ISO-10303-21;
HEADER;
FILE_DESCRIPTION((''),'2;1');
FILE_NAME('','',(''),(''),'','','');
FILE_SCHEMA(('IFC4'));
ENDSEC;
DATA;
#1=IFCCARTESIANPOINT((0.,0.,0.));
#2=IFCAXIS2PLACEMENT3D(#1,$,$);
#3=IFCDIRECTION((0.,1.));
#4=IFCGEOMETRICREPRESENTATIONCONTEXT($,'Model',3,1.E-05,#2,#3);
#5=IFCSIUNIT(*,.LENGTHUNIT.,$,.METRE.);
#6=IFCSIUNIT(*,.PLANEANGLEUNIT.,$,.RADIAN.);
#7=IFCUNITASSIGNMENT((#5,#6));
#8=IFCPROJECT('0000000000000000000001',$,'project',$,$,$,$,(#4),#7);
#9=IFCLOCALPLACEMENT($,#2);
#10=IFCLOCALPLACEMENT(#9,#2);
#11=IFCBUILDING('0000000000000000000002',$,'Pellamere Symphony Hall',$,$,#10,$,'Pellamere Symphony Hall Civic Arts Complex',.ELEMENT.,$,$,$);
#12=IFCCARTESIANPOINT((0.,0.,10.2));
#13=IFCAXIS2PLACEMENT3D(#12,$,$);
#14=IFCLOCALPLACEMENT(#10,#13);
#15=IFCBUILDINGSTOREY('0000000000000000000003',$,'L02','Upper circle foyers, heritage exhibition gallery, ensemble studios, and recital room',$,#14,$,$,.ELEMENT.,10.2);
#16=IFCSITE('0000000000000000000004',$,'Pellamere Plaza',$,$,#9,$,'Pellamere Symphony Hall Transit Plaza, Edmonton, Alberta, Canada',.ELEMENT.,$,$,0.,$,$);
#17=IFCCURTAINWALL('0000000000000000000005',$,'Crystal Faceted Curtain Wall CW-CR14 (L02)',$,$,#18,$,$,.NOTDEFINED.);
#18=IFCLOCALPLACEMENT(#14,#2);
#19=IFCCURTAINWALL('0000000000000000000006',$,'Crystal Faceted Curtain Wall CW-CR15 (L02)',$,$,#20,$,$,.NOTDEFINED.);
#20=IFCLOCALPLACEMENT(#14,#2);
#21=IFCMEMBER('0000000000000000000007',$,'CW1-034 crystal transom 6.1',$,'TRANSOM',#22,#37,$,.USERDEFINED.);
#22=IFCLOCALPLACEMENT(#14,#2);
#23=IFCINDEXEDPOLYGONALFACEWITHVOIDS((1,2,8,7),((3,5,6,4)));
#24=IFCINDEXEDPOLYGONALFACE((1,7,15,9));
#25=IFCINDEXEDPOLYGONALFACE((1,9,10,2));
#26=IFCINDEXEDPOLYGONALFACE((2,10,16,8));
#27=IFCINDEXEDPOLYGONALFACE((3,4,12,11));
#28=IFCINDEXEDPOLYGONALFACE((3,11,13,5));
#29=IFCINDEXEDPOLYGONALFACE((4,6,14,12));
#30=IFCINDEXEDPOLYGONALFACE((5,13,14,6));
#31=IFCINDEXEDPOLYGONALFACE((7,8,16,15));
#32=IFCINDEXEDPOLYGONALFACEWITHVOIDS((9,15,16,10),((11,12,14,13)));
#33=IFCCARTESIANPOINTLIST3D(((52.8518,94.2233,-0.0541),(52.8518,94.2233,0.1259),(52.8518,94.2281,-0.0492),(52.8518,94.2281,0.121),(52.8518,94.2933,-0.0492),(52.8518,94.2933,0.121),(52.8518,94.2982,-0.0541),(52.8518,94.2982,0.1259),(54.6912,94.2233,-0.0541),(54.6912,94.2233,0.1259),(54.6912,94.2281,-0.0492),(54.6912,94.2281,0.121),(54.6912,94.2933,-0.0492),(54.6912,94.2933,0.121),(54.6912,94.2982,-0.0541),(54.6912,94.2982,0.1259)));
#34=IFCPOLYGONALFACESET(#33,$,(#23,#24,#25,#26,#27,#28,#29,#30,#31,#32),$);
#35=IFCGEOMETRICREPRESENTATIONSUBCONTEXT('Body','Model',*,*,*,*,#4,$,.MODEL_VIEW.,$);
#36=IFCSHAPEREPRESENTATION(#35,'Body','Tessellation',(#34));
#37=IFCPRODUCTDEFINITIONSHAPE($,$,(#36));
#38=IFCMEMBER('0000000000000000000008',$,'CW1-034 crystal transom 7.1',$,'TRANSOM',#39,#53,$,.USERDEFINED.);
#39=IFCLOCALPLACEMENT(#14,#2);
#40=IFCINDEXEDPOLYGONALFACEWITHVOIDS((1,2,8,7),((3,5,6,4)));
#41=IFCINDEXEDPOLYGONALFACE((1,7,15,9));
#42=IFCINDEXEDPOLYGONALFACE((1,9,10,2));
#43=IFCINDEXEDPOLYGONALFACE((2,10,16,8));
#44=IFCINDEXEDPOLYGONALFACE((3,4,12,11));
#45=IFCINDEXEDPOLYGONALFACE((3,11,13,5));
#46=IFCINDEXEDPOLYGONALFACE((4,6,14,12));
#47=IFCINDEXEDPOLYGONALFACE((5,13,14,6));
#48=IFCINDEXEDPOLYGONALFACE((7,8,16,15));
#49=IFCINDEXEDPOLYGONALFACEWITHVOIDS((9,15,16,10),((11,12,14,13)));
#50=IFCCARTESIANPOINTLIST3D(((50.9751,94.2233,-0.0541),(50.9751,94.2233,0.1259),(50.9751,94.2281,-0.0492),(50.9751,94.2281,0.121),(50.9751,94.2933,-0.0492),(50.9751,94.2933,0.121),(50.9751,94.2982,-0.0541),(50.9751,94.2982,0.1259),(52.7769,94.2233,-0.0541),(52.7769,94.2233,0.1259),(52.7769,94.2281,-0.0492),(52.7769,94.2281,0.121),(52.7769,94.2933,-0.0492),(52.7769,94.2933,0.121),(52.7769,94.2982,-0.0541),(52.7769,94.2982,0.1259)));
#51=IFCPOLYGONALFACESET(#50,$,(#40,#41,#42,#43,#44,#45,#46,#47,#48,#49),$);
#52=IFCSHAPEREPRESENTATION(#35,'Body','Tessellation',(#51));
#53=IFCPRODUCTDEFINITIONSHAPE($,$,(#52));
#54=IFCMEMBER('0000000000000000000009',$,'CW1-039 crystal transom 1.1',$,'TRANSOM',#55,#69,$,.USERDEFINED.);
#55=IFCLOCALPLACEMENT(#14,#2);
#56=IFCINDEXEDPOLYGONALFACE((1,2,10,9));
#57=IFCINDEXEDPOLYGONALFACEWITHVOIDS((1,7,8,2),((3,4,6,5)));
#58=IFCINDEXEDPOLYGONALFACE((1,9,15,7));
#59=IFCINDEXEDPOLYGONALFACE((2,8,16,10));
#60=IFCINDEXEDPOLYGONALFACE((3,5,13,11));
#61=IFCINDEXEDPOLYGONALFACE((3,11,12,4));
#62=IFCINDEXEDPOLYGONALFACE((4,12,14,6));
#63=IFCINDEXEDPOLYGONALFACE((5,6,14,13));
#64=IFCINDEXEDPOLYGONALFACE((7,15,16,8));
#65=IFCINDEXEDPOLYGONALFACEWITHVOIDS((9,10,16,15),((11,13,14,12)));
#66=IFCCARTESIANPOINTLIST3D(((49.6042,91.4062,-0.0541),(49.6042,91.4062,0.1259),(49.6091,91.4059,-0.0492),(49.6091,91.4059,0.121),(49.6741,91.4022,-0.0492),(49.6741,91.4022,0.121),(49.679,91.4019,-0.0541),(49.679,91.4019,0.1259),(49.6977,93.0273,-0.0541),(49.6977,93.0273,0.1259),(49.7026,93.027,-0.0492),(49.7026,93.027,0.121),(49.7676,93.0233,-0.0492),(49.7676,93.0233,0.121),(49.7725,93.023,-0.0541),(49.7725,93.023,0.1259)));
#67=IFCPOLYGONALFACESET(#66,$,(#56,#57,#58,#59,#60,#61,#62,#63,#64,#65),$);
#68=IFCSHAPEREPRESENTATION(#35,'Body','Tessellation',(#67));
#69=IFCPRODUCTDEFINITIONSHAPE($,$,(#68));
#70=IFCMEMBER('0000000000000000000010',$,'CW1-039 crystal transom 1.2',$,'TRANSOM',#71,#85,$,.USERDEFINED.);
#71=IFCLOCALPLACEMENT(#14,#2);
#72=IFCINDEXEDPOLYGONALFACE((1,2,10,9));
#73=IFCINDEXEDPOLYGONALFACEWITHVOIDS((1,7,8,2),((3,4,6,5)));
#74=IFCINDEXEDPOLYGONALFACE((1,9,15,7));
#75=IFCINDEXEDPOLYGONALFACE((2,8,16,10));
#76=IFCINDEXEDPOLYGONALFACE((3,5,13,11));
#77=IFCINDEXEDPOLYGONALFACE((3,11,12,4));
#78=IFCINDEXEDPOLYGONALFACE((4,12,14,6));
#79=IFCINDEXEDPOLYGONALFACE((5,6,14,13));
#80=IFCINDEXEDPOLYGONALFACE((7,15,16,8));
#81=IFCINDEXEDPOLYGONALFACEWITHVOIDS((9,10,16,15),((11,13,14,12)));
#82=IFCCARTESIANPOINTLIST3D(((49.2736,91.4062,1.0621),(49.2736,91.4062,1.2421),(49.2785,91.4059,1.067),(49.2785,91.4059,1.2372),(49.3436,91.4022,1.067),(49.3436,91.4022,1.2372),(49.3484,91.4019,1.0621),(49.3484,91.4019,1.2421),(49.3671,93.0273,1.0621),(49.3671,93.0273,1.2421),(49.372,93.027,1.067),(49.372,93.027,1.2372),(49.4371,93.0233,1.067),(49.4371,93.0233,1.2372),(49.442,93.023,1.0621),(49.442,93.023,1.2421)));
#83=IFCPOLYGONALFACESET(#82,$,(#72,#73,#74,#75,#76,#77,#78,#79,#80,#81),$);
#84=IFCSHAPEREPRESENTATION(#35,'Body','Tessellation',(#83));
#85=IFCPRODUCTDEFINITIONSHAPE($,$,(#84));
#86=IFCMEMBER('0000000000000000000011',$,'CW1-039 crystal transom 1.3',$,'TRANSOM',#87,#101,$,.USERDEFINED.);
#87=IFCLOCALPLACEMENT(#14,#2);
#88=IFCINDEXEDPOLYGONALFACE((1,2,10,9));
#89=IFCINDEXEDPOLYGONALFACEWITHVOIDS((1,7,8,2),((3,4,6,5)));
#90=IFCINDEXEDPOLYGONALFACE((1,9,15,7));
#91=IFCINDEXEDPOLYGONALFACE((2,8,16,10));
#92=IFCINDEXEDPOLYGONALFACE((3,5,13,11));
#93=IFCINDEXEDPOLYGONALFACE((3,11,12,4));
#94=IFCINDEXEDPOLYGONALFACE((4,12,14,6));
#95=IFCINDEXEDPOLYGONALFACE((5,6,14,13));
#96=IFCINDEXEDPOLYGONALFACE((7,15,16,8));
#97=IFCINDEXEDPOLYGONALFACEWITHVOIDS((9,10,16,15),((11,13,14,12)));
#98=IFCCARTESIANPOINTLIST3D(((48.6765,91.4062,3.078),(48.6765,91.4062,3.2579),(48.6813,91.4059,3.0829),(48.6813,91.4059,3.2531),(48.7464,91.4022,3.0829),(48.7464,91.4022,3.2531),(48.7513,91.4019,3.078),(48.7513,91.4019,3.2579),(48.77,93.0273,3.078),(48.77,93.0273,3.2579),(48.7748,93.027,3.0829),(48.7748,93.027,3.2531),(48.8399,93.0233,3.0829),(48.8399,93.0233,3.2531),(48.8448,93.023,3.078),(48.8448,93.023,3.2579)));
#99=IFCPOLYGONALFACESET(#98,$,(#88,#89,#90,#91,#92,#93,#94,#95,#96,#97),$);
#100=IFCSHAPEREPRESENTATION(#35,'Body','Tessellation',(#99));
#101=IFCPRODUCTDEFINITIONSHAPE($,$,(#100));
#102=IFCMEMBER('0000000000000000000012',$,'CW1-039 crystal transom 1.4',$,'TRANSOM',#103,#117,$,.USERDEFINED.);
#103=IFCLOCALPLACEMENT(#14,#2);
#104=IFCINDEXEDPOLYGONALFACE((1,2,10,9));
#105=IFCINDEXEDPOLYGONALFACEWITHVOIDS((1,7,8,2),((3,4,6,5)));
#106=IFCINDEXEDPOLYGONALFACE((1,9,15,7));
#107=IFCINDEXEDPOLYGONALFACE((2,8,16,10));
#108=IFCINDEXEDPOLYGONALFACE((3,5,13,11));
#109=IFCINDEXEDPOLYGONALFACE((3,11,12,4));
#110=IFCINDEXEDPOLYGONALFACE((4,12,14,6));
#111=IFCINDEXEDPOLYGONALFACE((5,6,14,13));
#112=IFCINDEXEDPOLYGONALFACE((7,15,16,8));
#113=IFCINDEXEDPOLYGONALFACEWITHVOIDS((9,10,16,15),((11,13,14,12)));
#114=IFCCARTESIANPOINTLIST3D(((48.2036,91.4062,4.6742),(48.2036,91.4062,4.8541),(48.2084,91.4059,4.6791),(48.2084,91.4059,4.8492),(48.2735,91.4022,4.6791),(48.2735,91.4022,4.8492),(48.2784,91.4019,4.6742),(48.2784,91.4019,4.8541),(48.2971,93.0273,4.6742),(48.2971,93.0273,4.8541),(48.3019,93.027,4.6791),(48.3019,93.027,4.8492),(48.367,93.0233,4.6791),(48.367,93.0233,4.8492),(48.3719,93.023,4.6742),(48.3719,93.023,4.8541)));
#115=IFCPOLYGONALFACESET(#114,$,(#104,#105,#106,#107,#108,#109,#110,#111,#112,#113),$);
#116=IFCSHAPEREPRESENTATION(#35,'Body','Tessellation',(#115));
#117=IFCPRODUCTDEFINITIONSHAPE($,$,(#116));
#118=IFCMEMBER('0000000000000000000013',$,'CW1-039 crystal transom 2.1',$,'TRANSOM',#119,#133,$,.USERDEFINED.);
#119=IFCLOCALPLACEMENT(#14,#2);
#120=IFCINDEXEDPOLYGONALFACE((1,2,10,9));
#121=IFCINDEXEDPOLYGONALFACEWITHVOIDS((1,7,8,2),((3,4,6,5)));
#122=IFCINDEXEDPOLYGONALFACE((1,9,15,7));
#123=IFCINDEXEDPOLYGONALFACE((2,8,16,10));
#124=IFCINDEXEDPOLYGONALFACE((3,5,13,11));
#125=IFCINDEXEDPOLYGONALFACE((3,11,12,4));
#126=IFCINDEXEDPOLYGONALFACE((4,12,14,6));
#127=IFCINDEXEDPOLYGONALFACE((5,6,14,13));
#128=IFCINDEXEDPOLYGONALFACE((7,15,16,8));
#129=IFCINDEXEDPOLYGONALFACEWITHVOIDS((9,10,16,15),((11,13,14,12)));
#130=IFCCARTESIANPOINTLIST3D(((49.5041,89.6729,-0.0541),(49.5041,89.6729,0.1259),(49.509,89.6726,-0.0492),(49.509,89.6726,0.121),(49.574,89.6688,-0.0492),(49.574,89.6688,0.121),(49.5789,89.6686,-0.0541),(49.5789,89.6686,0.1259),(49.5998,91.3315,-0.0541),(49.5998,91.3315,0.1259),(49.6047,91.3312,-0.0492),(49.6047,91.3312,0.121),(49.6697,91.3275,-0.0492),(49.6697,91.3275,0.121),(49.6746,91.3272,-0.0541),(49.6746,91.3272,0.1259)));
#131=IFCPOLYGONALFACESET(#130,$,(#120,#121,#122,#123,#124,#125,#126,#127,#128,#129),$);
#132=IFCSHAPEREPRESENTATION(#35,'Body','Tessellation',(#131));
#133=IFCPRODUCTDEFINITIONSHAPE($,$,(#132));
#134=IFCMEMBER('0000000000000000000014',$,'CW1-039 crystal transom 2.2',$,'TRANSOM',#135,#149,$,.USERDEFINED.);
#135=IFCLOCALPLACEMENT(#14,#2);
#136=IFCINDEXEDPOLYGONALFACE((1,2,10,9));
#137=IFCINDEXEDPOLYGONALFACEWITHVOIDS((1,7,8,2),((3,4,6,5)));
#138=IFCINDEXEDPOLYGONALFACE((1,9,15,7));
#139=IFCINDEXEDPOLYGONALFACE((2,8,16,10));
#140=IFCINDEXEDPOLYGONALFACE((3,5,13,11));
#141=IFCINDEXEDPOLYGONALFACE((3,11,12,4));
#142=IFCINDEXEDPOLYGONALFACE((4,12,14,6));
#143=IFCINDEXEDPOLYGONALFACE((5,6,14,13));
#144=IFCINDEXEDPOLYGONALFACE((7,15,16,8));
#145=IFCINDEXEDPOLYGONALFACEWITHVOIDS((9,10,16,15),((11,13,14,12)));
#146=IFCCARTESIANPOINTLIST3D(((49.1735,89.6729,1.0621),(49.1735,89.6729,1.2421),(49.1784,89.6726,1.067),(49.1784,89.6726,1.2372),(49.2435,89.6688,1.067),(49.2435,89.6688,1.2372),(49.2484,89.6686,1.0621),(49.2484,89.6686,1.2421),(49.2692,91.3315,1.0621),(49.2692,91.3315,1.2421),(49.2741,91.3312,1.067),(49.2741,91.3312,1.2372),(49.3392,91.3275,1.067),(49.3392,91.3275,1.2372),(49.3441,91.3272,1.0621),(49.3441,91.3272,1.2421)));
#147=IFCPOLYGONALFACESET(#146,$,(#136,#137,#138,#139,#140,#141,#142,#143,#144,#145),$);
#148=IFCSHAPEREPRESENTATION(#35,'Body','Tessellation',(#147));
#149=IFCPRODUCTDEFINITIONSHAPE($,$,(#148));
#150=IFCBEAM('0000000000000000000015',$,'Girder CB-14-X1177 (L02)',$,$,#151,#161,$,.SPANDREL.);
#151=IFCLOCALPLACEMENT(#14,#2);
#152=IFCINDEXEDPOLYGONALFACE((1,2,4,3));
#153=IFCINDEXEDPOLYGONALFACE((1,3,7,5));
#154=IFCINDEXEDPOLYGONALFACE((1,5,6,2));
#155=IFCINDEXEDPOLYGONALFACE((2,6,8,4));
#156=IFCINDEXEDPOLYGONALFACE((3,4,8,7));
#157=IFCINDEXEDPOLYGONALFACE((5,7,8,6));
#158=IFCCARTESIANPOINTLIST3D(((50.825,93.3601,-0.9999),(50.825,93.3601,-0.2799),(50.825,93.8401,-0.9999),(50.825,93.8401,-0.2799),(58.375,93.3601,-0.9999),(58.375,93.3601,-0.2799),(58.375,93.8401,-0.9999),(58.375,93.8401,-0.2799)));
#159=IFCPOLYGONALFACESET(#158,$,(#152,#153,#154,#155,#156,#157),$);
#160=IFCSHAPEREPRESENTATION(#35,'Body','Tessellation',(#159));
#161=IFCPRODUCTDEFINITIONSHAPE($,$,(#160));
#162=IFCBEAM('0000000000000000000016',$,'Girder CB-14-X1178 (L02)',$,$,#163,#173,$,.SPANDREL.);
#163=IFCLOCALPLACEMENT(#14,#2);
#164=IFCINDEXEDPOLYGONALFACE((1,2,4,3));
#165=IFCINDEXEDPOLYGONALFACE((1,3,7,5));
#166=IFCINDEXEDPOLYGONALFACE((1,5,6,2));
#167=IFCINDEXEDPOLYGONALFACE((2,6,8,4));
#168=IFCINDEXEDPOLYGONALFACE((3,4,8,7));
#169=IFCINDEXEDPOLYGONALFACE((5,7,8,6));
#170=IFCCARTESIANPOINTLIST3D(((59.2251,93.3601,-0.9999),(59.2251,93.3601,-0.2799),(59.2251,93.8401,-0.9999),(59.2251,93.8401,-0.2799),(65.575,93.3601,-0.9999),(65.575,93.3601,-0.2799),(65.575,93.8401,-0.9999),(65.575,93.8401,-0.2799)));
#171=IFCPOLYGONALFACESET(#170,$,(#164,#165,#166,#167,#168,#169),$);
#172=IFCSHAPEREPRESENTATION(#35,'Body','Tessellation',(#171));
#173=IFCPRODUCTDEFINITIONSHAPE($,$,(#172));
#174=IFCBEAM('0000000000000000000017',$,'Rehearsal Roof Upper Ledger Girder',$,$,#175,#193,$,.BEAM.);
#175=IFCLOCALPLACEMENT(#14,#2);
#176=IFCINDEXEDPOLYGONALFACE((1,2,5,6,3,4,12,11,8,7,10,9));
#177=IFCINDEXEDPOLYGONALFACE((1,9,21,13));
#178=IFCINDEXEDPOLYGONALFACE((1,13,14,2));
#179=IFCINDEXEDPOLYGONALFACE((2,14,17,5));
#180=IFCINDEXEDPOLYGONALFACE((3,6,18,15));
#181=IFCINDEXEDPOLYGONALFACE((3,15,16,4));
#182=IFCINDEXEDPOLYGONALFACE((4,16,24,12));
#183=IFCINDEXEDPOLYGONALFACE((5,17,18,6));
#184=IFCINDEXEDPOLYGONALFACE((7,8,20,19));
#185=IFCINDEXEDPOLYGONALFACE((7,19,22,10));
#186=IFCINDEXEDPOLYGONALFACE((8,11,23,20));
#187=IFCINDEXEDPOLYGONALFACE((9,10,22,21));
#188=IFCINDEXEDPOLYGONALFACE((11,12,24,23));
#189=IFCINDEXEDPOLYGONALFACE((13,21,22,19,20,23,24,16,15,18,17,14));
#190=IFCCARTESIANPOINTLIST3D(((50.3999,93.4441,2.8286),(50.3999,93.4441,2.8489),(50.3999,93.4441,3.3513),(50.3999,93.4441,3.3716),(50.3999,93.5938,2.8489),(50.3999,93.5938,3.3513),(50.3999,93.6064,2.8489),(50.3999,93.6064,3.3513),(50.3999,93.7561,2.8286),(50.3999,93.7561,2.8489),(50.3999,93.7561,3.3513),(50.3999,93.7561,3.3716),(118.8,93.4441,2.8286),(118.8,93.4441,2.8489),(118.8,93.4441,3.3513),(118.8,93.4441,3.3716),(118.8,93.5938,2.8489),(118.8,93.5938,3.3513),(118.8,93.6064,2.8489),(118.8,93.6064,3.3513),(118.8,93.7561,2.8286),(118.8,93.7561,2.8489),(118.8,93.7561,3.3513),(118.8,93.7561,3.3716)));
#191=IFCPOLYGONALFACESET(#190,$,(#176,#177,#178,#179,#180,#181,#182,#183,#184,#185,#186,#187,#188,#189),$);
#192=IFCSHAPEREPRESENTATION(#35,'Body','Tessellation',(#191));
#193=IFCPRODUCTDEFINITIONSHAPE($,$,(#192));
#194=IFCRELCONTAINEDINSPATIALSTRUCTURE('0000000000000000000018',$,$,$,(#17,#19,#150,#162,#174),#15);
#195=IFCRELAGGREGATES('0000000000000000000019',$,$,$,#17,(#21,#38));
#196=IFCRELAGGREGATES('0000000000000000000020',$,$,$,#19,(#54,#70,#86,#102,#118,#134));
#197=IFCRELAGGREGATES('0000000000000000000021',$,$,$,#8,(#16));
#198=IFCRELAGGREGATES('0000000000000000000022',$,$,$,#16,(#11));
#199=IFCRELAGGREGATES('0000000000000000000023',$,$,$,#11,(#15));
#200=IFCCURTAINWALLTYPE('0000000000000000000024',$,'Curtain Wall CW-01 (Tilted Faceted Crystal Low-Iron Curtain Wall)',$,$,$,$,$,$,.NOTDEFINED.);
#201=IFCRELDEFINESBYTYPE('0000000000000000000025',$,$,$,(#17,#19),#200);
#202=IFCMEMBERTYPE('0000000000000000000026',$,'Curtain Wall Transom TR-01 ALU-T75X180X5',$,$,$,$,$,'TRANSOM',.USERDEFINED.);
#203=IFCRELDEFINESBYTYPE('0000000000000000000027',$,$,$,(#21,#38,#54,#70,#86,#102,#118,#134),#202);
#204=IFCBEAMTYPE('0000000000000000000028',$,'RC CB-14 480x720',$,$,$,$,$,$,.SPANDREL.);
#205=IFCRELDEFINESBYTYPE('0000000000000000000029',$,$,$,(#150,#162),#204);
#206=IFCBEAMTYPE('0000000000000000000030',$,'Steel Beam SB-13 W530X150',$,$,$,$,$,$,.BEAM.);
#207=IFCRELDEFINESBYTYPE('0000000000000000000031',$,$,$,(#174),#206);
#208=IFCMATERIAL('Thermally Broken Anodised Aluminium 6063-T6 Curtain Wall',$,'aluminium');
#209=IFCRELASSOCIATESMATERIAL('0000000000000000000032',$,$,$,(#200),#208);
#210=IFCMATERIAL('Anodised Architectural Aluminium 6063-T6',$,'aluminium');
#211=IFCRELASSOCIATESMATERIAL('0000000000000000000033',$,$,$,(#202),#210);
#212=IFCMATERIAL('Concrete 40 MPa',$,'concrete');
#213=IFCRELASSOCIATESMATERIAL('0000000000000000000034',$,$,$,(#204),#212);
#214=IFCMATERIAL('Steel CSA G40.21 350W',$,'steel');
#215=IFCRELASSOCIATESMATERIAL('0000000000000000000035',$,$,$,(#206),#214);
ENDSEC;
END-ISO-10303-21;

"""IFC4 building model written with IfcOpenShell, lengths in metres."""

from ifc_helpers import new_model, si_unit, direction, frame, origin, origin_2d, place, context, subcontext, project, spatial, rectangle, hollow_rectangle, i_section, extrude, material, material_profile, profile_set, type_object, element, aggregate, save


model = new_model("IFC4")

# Units and contexts
model_context = context("Model", 3, precision=1e-05, world=origin(), true_north=direction((0.0, 1.0)))
body_context = subcontext(model_context, "Body", "Model", "MODEL_VIEW")
ifc_project = project(units=[si_unit("LENGTHUNIT", "METRE"), si_unit("PLANEANGLEUNIT", "RADIAN")], contexts=[model_context])

# Site, building, storey
site_placement = place(None, origin())
site = spatial("IfcSite", under=ifc_project, at=site_placement, Name="Pellamere Plaza", LongName="Pellamere Symphony Hall Transit Plaza, Edmonton, Alberta, Canada", CompositionType="ELEMENT", RefElevation=0.0)
building_placement = place(site_placement, origin())
building = spatial("IfcBuilding", under=site, at=building_placement, Name="Pellamere Symphony Hall", LongName="Pellamere Symphony Hall Civic Arts Complex", CompositionType="ELEMENT")
storey_placement = place(building_placement, frame((0.0, 0.0, 10.2)))
storey = spatial("IfcBuildingStorey", under=building, at=storey_placement, Name="L02", Description="Upper circle foyers, heritage exhibition gallery, ensemble studios, and recital room", CompositionType="ELEMENT", Elevation=10.2)

# Shared definitions
ifc_material_1 = material(Name="Concrete 40 MPa", Category="concrete")

# Curtain walls
ifc_material_2 = material(Name="Thermally Broken Anodised Aluminium 6063-T6 Curtain Wall", Category="aluminium")
curtain_wall_type = type_object("IfcCurtainWallType", Name="Curtain Wall CW-01 (Tilted Faceted Crystal Low-Iron Curtain Wall)", PredefinedType="NOTDEFINED", material=ifc_material_2)
curtain_wall_1_placement = place(storey_placement, origin())
curtain_wall_1 = element("IfcCurtainWall", 1, at=curtain_wall_1_placement, inside=storey, type_object=curtain_wall_type, Name="Crystal Faceted Curtain Wall CW-CR14 (L02)", PredefinedType="NOTDEFINED")
ifc_material_3 = material(Name="Anodised Architectural Aluminium 6063-T6", Category="aluminium")
curtain_wall_2_placement = place(storey_placement, origin())
curtain_wall_2 = element("IfcCurtainWall", 2, at=curtain_wall_2_placement, inside=storey, type_object=curtain_wall_type, Name="Crystal Faceted Curtain Wall CW-CR15 (L02)", PredefinedType="NOTDEFINED")

# Members
ifc_material_profile_1 = material_profile(ifc_material_3, hollow_rectangle(XDim=0.075, YDim=0.1799, WallThickness=0.0049, at=origin_2d()), Name="ALU-T75X180X5")
ifc_profile_set_1 = profile_set([ifc_material_profile_1], Name="Anodised Architectural Aluminium 6063-T6")
member_type_1 = type_object("IfcMemberType", Name="Curtain Wall Transom TR-01 ALU-T75X180X5", ElementType="TRANSOM", PredefinedType="USERDEFINED", material=ifc_profile_set_1)
member_1_placement = place(storey_placement, frame((54.6912, 94.2607, 0.0359), z_axis=(-1.0, 0.0, 0.0), x_axis=(0.0, -1.0, 0.0)))
member_1 = element("IfcMember", 3, at=member_1_placement, type_object=member_type_1, Name="CW1-034 crystal transom 6.1", ObjectType="TRANSOM", PredefinedType="USERDEFINED", context=body_context, shape_type="SweptSolid", body=[
    extrude(hollow_rectangle(XDim=0.075, YDim=0.1799, WallThickness=0.0049, at=origin_2d()), origin(), (0.0, 0.0, 1.0), 1.8394),
])
member_2_placement = place(storey_placement, frame((52.7769, 94.2607, 0.0359), z_axis=(-1.0, 0.0, 0.0), x_axis=(0.0, -1.0, 0.0)))
member_2 = element("IfcMember", 4, at=member_2_placement, type_object=member_type_1, Name="CW1-034 crystal transom 7.1", ObjectType="TRANSOM", PredefinedType="USERDEFINED", context=body_context, shape_type="SweptSolid", body=[
    extrude(hollow_rectangle(XDim=0.075, YDim=0.1799, WallThickness=0.0049, at=origin_2d()), origin(), (0.0, 0.0, 1.0), 1.8018),
])
aggregate(curtain_wall_1, [member_1, member_2])
member_3_placement = place(storey_placement, frame((49.7351, 93.0251, 0.0359), z_axis=(-0.057585, -0.998341, 0.0), x_axis=(0.998341, -0.057585, 0.0)))
member_3 = element("IfcMember", 5, at=member_3_placement, type_object=member_type_1, Name="CW1-039 crystal transom 1.1", ObjectType="TRANSOM", PredefinedType="USERDEFINED", context=body_context, shape_type="SweptSolid", body=[
    extrude(hollow_rectangle(XDim=0.075, YDim=0.1799, WallThickness=0.0049, at=origin_2d()), origin(), (0.0, 0.0, 1.0), 1.6238),
])
member_4_placement = place(storey_placement, frame((49.4045, 93.0251, 1.1521), z_axis=(-0.057585, -0.998341, 0.0), x_axis=(0.998341, -0.057585, 0.0)))
member_4 = element("IfcMember", 6, at=member_4_placement, type_object=member_type_1, Name="CW1-039 crystal transom 1.2", ObjectType="TRANSOM", PredefinedType="USERDEFINED", context=body_context, shape_type="SweptSolid", body=[
    extrude(hollow_rectangle(XDim=0.075, YDim=0.1799, WallThickness=0.0049, at=origin_2d()), origin(), (0.0, 0.0, 1.0), 1.6238),
])
member_5_placement = place(storey_placement, frame((48.8074, 93.0251, 3.168), z_axis=(-0.057585, -0.998341, 0.0), x_axis=(0.998341, -0.057585, 0.0)))
member_5 = element("IfcMember", 7, at=member_5_placement, type_object=member_type_1, Name="CW1-039 crystal transom 1.3", ObjectType="TRANSOM", PredefinedType="USERDEFINED", context=body_context, shape_type="SweptSolid", body=[
    extrude(hollow_rectangle(XDim=0.075, YDim=0.1799, WallThickness=0.0049, at=origin_2d()), origin(), (0.0, 0.0, 1.0), 1.6238),
])
member_6_placement = place(storey_placement, frame((48.3345, 93.0251, 4.7642), z_axis=(-0.057585, -0.998341, 0.0), x_axis=(0.998341, -0.057585, 0.0)))
member_6 = element("IfcMember", 8, at=member_6_placement, type_object=member_type_1, Name="CW1-039 crystal transom 1.4", ObjectType="TRANSOM", PredefinedType="USERDEFINED", context=body_context, shape_type="SweptSolid", body=[
    extrude(hollow_rectangle(XDim=0.075, YDim=0.1799, WallThickness=0.0049, at=origin_2d()), origin(), (0.0, 0.0, 1.0), 1.6238),
])
member_7_placement = place(storey_placement, frame((49.6372, 91.3293, 0.0359), z_axis=(-0.057602, -0.99834, 0.0), x_axis=(0.99834, -0.057602, 0.0)))
member_7 = element("IfcMember", 9, at=member_7_placement, type_object=member_type_1, Name="CW1-039 crystal transom 2.1", ObjectType="TRANSOM", PredefinedType="USERDEFINED", context=body_context, shape_type="SweptSolid", body=[
    extrude(hollow_rectangle(XDim=0.075, YDim=0.1799, WallThickness=0.0049, at=origin_2d()), origin(), (0.0, 0.0, 1.0), 1.6614),
])
member_8_placement = place(storey_placement, frame((49.3066, 91.3293, 1.1521), z_axis=(-0.057602, -0.99834, 0.0), x_axis=(0.99834, -0.057602, 0.0)))
member_8 = element("IfcMember", 10, at=member_8_placement, type_object=member_type_1, Name="CW1-039 crystal transom 2.2", ObjectType="TRANSOM", PredefinedType="USERDEFINED", context=body_context, shape_type="SweptSolid", body=[
    extrude(hollow_rectangle(XDim=0.075, YDim=0.1799, WallThickness=0.0049, at=origin_2d()), origin(), (0.0, 0.0, 1.0), 1.6614),
])

# Beams
ifc_material_profile_2 = material_profile(ifc_material_1, rectangle(XDim=0.48, YDim=0.72, at=origin_2d()), Name="RC 480x720")
ifc_profile_set_2 = profile_set([ifc_material_profile_2], Name="Concrete 40 MPa")
beam_type_1 = type_object("IfcBeamType", Name="RC CB-14 480x720", PredefinedType="SPANDREL", material=ifc_profile_set_2)
beam_1_placement = place(storey_placement, frame((50.825, 93.6001, -0.6399), z_axis=(1.0, 0.0, 0.0), x_axis=(0.0, 1.0, 0.0)))
element("IfcBeam", 11, at=beam_1_placement, inside=storey, type_object=beam_type_1, Name="Girder CB-14-X1177 (L02)", PredefinedType="SPANDREL", context=body_context, shape_type="SweptSolid", body=[
    extrude(rectangle(XDim=0.48, YDim=0.72, at=origin_2d()), origin(), (0.0, 0.0, 1.0), 7.55),
])
beam_2_placement = place(storey_placement, frame((59.2251, 93.6001, -0.6399), z_axis=(1.0, 0.0, 0.0), x_axis=(0.0, 1.0, 0.0)))
element("IfcBeam", 12, at=beam_2_placement, inside=storey, type_object=beam_type_1, Name="Girder CB-14-X1178 (L02)", PredefinedType="SPANDREL", context=body_context, shape_type="SweptSolid", body=[
    extrude(rectangle(XDim=0.48, YDim=0.72, at=origin_2d()), origin(), (0.0, 0.0, 1.0), 6.3499),
])
ifc_material_4 = material(Name="Steel CSA G40.21 350W", Category="steel")
ifc_material_profile_3 = material_profile(ifc_material_4, i_section(OverallWidth=0.312, OverallDepth=0.543, WebThickness=0.0127, FlangeThickness=0.0203, at=origin_2d()), Name="W530X150")
ifc_profile_set_3 = profile_set([ifc_material_profile_3], Name="Steel CSA G40.21 350W")
beam_type_2 = type_object("IfcBeamType", Name="Steel Beam SB-13 W530X150", PredefinedType="BEAM", material=ifc_profile_set_3)
beam_3_placement = place(storey_placement, frame((50.3999, 93.6001, 3.1001), z_axis=(1.0, 0.0, 0.0), x_axis=(0.0, 1.0, 0.0)))
element("IfcBeam", 13, at=beam_3_placement, inside=storey, type_object=beam_type_2, Name="Rehearsal Roof Upper Ledger Girder", PredefinedType="BEAM", context=body_context, shape_type="SweptSolid", body=[
    extrude(i_section(OverallWidth=0.312, OverallDepth=0.543, WebThickness=0.0127, FlangeThickness=0.0203, at=origin_2d()), origin(), (0.0, 0.0, 1.0), 68.4001),
])

aggregate(curtain_wall_2, [member_3, member_4, member_5, member_6, member_7, member_8])

save(model, "model.ifc")
